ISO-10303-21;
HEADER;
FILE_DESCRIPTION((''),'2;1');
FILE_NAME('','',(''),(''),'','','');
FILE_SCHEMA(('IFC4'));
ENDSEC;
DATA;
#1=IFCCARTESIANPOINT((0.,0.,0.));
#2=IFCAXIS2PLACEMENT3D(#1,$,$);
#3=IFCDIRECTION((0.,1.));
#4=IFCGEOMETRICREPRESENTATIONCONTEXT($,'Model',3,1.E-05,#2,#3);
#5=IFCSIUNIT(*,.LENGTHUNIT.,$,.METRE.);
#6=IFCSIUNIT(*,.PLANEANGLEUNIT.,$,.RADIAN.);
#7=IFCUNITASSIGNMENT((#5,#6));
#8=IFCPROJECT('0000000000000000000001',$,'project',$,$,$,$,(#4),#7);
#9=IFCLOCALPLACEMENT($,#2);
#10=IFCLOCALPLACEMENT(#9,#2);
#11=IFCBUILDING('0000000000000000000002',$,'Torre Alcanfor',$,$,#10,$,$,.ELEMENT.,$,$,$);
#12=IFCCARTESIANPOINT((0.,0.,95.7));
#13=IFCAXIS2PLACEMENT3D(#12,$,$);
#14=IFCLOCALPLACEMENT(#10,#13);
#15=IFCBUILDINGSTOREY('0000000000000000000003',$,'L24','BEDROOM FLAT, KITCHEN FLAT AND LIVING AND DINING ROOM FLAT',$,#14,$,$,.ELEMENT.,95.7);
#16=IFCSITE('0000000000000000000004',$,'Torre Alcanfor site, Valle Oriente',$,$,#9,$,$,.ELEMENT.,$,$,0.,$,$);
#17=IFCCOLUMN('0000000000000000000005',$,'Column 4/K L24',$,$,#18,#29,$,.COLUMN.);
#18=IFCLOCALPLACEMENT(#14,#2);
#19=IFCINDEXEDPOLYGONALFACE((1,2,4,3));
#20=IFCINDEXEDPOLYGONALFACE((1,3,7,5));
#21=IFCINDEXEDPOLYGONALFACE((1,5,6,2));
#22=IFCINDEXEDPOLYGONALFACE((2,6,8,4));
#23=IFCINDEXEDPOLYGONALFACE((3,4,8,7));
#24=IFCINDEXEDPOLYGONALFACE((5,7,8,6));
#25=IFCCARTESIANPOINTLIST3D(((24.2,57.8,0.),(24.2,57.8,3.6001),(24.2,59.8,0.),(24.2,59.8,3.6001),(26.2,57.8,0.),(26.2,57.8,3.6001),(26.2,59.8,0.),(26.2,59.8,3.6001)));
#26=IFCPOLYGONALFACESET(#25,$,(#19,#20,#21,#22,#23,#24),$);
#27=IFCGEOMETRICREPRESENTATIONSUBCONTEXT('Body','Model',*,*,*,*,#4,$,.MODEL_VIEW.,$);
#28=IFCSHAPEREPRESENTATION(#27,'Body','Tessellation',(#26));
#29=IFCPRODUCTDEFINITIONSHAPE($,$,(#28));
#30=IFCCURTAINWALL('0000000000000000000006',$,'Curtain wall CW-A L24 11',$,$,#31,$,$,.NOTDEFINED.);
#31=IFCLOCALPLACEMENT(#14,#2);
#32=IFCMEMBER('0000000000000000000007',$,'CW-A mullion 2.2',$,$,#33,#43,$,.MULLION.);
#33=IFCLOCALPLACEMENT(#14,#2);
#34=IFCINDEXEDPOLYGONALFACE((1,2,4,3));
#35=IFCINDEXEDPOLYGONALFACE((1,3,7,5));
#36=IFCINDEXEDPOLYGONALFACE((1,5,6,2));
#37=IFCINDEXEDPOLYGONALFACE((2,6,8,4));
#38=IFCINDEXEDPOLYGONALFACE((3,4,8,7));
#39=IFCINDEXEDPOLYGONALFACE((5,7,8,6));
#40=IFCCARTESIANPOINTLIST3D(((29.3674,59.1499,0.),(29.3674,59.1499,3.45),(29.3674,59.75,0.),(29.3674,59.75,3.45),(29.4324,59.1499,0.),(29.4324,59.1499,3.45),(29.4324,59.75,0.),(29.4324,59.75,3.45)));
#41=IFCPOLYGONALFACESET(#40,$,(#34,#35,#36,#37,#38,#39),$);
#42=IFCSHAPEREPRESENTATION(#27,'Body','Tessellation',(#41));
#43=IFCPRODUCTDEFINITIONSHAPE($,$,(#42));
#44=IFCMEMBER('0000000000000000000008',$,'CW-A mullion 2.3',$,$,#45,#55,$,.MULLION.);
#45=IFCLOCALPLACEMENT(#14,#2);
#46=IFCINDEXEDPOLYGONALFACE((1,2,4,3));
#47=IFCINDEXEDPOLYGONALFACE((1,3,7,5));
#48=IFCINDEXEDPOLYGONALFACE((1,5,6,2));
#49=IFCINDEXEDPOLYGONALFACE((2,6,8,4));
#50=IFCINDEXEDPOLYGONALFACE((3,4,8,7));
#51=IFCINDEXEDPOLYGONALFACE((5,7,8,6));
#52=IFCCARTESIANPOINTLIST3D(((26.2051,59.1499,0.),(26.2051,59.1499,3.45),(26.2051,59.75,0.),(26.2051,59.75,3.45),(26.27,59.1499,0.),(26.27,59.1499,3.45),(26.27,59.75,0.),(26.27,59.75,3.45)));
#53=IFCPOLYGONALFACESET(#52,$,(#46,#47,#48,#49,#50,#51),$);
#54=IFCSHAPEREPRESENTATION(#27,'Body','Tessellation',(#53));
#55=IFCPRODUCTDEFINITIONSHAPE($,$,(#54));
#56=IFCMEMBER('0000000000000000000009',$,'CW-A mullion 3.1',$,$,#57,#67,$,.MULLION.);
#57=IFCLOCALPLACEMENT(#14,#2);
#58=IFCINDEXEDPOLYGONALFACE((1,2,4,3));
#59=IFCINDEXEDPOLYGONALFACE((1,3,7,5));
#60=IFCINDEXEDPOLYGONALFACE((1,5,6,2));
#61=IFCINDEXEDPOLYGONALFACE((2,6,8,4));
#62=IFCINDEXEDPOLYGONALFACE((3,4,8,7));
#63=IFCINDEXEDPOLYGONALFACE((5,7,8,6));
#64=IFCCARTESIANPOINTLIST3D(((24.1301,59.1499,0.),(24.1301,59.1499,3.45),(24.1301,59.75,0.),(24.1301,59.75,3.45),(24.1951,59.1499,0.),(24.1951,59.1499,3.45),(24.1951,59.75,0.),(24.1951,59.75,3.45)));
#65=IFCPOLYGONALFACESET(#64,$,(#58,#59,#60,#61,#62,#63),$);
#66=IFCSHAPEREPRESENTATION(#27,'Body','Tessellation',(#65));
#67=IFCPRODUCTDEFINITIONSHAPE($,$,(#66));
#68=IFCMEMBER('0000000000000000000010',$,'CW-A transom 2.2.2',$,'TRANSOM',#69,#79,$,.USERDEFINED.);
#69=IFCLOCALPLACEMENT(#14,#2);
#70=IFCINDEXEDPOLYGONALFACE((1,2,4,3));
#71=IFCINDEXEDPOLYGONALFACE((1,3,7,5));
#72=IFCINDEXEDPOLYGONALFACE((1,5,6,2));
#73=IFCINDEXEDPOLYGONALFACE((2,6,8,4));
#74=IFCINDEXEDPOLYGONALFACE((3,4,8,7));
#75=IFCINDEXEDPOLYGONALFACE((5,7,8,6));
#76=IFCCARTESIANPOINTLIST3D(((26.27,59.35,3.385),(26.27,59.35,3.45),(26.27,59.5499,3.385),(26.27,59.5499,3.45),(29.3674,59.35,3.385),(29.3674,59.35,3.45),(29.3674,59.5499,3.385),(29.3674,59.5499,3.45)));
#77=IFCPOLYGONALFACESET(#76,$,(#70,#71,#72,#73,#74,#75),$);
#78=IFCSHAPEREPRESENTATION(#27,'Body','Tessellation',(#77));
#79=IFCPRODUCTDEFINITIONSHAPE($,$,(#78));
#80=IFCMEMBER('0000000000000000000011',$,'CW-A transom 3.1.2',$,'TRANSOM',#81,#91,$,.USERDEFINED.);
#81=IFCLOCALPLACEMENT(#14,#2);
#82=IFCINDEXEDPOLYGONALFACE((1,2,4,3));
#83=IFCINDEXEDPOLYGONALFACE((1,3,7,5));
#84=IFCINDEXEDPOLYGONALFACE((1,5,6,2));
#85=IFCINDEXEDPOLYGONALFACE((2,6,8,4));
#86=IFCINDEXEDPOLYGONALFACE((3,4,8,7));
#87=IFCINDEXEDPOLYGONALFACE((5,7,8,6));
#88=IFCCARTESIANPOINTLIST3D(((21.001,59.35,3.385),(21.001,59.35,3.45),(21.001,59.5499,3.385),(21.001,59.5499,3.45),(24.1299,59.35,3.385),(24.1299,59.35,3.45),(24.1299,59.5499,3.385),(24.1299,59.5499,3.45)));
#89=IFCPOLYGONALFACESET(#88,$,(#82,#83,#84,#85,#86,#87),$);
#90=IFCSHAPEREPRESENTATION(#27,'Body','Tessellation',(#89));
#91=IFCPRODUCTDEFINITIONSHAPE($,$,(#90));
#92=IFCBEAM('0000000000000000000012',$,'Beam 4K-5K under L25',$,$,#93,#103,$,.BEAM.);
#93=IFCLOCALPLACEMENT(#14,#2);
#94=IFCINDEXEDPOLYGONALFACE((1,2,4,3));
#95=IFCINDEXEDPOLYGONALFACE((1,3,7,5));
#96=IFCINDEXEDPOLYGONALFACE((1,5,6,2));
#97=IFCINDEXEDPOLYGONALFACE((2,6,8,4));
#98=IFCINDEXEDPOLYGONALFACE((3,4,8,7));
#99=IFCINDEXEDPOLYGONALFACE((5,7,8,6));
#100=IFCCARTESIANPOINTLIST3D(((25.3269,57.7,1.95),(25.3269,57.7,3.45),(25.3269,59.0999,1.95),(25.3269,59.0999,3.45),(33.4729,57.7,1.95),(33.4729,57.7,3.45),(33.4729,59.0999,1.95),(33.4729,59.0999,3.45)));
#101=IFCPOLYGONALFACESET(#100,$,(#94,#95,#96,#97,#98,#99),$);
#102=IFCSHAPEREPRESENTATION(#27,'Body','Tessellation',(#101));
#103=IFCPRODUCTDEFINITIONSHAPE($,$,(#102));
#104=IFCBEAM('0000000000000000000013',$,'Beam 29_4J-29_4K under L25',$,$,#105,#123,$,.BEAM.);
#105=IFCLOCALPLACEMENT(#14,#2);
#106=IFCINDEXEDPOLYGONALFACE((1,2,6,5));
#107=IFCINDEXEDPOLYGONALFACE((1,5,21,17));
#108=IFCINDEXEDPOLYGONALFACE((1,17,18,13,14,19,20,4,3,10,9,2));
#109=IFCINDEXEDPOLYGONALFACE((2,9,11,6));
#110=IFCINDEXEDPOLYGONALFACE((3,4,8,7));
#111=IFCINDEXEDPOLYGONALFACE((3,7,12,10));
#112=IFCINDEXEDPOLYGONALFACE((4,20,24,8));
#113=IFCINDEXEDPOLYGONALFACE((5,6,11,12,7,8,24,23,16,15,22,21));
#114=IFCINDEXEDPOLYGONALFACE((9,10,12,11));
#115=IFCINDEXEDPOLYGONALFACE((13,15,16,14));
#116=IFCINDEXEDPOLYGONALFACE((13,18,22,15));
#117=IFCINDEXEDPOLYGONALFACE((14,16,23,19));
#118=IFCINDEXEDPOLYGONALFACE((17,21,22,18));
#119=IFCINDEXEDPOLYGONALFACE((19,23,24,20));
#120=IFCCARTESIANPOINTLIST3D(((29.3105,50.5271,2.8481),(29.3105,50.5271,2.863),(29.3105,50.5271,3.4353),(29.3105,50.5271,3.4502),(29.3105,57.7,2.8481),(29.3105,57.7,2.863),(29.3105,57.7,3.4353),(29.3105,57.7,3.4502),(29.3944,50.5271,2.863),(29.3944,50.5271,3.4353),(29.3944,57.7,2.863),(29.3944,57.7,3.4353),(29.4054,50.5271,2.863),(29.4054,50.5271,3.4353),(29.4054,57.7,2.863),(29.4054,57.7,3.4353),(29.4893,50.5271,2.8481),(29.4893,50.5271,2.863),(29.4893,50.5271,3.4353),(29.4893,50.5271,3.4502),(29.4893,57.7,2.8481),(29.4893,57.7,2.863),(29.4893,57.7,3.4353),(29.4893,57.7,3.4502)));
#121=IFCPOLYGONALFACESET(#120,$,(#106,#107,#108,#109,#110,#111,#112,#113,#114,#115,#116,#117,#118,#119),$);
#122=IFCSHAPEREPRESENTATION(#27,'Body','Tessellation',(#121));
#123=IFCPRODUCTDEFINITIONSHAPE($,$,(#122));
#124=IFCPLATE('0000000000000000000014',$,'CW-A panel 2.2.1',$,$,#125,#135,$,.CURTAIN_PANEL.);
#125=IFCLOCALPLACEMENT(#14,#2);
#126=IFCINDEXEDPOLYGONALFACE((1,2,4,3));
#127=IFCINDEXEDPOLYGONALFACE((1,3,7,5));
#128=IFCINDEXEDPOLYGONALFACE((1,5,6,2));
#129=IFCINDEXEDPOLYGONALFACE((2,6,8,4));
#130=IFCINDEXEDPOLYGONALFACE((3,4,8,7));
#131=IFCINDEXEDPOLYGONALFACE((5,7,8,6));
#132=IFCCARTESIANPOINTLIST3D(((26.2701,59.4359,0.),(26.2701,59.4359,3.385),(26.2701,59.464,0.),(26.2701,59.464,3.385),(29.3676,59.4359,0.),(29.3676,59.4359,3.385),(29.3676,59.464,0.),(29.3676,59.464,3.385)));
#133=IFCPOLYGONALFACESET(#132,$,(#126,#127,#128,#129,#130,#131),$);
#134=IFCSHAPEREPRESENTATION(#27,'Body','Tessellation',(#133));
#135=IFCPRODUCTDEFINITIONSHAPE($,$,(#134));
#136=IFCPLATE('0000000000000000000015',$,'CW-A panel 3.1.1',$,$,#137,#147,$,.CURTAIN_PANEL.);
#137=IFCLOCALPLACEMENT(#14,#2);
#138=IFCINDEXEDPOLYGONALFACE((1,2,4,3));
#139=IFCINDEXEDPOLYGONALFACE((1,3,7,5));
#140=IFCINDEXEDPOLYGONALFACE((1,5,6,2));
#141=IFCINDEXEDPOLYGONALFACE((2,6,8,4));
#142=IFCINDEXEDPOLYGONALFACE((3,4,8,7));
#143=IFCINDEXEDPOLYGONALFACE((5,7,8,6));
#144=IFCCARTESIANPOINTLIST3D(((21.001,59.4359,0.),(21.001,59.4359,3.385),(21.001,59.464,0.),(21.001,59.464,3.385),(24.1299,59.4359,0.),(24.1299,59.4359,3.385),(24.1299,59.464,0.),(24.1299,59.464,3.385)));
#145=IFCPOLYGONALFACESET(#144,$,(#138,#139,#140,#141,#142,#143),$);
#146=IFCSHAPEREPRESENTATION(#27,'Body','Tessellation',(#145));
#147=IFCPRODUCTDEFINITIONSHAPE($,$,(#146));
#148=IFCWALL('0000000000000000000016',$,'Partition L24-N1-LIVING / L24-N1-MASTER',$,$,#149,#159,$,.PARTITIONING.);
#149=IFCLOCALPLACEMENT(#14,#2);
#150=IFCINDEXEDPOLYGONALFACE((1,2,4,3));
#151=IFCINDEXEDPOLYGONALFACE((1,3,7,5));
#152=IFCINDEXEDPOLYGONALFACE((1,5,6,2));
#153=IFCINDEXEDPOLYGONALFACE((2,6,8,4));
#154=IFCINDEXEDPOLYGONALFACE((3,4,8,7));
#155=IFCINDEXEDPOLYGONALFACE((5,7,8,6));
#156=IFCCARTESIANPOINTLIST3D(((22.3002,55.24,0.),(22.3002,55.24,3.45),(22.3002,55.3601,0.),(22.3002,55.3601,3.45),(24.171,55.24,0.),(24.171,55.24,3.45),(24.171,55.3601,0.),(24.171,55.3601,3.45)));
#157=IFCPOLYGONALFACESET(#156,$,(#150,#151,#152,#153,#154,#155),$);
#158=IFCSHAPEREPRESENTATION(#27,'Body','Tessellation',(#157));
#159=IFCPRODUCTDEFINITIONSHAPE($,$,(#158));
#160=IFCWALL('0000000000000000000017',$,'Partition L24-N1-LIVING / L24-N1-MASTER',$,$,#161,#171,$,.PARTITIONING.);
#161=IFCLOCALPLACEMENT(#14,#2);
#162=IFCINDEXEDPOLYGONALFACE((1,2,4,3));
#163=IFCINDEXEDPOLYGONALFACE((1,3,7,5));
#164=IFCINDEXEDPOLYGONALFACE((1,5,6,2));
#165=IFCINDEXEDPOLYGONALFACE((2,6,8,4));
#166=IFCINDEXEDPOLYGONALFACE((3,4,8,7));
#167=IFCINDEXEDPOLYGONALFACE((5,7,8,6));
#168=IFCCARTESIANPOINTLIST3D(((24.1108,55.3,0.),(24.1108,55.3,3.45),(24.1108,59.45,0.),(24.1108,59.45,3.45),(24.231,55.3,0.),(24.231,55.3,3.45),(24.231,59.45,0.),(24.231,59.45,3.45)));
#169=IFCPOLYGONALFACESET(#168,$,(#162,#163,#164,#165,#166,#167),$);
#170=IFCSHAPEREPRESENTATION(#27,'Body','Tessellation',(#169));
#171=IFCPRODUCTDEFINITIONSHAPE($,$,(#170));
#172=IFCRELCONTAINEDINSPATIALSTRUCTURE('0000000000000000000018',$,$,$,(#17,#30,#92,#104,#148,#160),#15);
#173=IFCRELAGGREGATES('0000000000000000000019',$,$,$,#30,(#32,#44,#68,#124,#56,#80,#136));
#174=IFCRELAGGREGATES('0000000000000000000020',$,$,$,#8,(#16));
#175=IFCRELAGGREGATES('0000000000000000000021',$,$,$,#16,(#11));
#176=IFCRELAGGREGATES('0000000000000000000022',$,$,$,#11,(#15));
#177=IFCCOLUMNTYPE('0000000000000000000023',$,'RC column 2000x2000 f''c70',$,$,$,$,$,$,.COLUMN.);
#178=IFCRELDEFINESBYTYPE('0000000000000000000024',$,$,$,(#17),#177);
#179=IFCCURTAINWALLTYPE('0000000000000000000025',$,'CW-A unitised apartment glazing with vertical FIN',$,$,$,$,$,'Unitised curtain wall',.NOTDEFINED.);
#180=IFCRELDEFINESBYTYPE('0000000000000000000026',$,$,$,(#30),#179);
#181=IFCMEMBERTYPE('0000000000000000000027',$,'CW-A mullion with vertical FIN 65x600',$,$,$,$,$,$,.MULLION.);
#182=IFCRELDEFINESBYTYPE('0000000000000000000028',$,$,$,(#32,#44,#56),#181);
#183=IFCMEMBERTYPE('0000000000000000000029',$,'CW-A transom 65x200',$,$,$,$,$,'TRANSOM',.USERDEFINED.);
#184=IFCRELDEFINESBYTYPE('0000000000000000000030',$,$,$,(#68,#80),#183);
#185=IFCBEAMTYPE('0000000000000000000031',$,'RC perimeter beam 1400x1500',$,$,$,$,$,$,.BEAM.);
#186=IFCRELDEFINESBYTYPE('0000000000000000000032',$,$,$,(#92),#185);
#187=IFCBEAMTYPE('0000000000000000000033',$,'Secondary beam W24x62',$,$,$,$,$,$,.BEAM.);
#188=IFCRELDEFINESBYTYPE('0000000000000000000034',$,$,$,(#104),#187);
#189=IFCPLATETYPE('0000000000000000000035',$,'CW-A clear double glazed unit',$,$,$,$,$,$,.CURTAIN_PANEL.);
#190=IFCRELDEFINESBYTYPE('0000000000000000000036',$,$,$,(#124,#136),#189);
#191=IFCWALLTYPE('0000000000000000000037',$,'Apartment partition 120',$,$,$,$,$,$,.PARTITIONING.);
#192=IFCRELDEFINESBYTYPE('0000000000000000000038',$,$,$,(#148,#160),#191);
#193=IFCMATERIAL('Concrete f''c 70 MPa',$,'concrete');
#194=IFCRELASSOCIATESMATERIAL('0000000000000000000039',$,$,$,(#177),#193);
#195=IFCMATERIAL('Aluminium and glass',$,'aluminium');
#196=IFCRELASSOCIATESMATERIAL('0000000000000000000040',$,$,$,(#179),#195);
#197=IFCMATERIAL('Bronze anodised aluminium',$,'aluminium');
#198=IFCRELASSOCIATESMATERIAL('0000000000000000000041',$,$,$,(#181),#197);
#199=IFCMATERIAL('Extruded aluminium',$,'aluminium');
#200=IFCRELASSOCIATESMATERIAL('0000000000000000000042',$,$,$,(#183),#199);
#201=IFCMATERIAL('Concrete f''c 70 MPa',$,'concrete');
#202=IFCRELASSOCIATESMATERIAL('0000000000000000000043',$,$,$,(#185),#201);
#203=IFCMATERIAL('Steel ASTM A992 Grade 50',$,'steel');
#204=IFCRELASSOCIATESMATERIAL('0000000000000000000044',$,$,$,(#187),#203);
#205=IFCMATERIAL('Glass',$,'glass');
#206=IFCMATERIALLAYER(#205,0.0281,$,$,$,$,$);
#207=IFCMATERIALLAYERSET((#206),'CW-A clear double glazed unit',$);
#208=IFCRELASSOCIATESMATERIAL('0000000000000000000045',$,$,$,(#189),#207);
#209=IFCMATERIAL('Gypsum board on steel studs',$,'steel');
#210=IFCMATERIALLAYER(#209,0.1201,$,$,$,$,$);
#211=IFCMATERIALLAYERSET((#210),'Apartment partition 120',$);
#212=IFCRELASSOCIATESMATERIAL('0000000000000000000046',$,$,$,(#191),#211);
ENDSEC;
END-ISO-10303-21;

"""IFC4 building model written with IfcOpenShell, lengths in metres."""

from ifc_helpers import new_model, si_unit, direction, frame, frame_2d, origin, origin_2d, place, context, subcontext, project, spatial, rectangle, i_section, extrude, material, layer, layer_set, material_profile, profile_set, type_object, element, aggregate, save


model = new_model("IFC4")

# Units and contexts
model_context = context("Model", 3, precision=1e-05, world=origin(), true_north=direction((0.0, 1.0)))
body_context = subcontext(model_context, "Body", "Model", "MODEL_VIEW")
ifc_project = project(units=[si_unit("LENGTHUNIT", "METRE"), si_unit("PLANEANGLEUNIT", "RADIAN")], contexts=[model_context])

# Site, building, storey
site_placement = place(None, origin())
site = spatial("IfcSite", under=ifc_project, at=site_placement, Name="Torre Alcanfor site, Valle Oriente", CompositionType="ELEMENT", RefElevation=0.0)
building_placement = place(site_placement, origin())
building = spatial("IfcBuilding", under=site, at=building_placement, Name="Torre Alcanfor", CompositionType="ELEMENT")
storey_placement = place(building_placement, frame((0.0, 0.0, 95.7)))
storey = spatial("IfcBuildingStorey", under=building, at=storey_placement, Name="L24", Description="BEDROOM FLAT, KITCHEN FLAT AND LIVING AND DINING ROOM FLAT", CompositionType="ELEMENT", Elevation=95.7)

# Column
ifc_material_1 = material(Name="Concrete f'c 70 MPa", Category="concrete")
ifc_material_profile_1 = material_profile(ifc_material_1, rectangle(XDim=2.0, YDim=2.0, at=origin_2d()), Name="2000x2000")
ifc_profile_set_1 = profile_set([ifc_material_profile_1], Name="Concrete f'c 70 MPa")
column_type = type_object("IfcColumnType", Name="RC column 2000x2000 f'c70", PredefinedType="COLUMN", material=ifc_profile_set_1)
column_placement = place(storey_placement, frame((25.2, 58.8, 0.0), z_axis=(0.0, 0.0, 1.0), x_axis=(1.0, 0.0, 0.0)))
element("IfcColumn", 1, at=column_placement, inside=storey, type_object=column_type, Name="Column 4/K L24", PredefinedType="COLUMN", context=body_context, shape_type="SweptSolid", body=[
    extrude(rectangle(XDim=2.0, YDim=2.0, at=origin_2d()), origin(), (0.0, 0.0, 1.0), 3.6001),
])

# Curtain wall, members
ifc_material_2 = material(Name="Aluminium and glass", Category="aluminium")
curtain_wall_type = type_object("IfcCurtainWallType", Name="CW-A unitised apartment glazing with vertical FIN", ElementType="Unitised curtain wall", PredefinedType="NOTDEFINED", material=ifc_material_2)
curtain_wall_placement = place(storey_placement, origin())
curtain_wall = element("IfcCurtainWall", 2, at=curtain_wall_placement, inside=storey, type_object=curtain_wall_type, Name="Curtain wall CW-A L24 11", PredefinedType="NOTDEFINED")
ifc_material_3 = material(Name="Bronze anodised aluminium", Category="aluminium")
ifc_material_profile_2 = material_profile(ifc_material_3, rectangle(XDim=0.6001, YDim=0.0649, at=origin_2d()), Name="CW-A mullion 65x600")
ifc_profile_set_2 = profile_set([ifc_material_profile_2], Name="Bronze anodised aluminium")
member_type_1 = type_object("IfcMemberType", Name="CW-A mullion with vertical FIN 65x600", PredefinedType="MULLION", material=ifc_profile_set_2)
member_1_placement = place(storey_placement, frame((29.3999, 59.45, 0.0), z_axis=(0.0, 0.0, 1.0), x_axis=(0.0, -1.0, 0.0)))
member_1 = element("IfcMember", 3, at=member_1_placement, type_object=member_type_1, Name="CW-A mullion 2.2", PredefinedType="MULLION", context=body_context, shape_type="SweptSolid", body=[
    extrude(rectangle(XDim=0.6001, YDim=0.0649, at=origin_2d()), origin(), (0.0, 0.0, 1.0), 3.45),
])
member_2_placement = place(storey_placement, frame((26.2375, 59.45, 0.0), z_axis=(0.0, 0.0, 1.0), x_axis=(0.0, -1.0, 0.0)))
member_2 = element("IfcMember", 4, at=member_2_placement, type_object=member_type_1, Name="CW-A mullion 2.3", PredefinedType="MULLION", context=body_context, shape_type="SweptSolid", body=[
    extrude(rectangle(XDim=0.6001, YDim=0.0649, at=origin_2d()), origin(), (0.0, 0.0, 1.0), 3.45),
])
member_3_placement = place(storey_placement, frame((24.1626, 59.45, 0.0), z_axis=(0.0, 0.0, 1.0), x_axis=(0.0, -1.0, 0.0)))
member_3 = element("IfcMember", 5, at=member_3_placement, type_object=member_type_1, Name="CW-A mullion 3.1", PredefinedType="MULLION", context=body_context, shape_type="SweptSolid", body=[
    extrude(rectangle(XDim=0.6001, YDim=0.0649, at=origin_2d()), origin(), (0.0, 0.0, 1.0), 3.45),
])
ifc_material_4 = material(Name="Extruded aluminium", Category="aluminium")
ifc_material_profile_3 = material_profile(ifc_material_4, rectangle(XDim=0.2, YDim=0.0649, at=origin_2d()), Name="CW-A transom 200x65")
ifc_profile_set_3 = profile_set([ifc_material_profile_3], Name="Extruded aluminium")
member_type_2 = type_object("IfcMemberType", Name="CW-A transom 65x200", ElementType="TRANSOM", PredefinedType="USERDEFINED", material=ifc_profile_set_3)
member_4_placement = place(storey_placement, frame((29.3674, 59.45, 3.4175), z_axis=(-1.0, 0.0, 0.0), x_axis=(0.0, -1.0, 0.0)))
member_4 = element("IfcMember", 6, at=member_4_placement, type_object=member_type_2, Name="CW-A transom 2.2.2", ObjectType="TRANSOM", PredefinedType="USERDEFINED", context=body_context, shape_type="SweptSolid", body=[
    extrude(rectangle(XDim=0.2, YDim=0.0649, at=origin_2d()), origin(), (0.0, 0.0, 1.0), 3.0974),
])
member_5_placement = place(storey_placement, frame((24.1299, 59.45, 3.4175), z_axis=(-1.0, 0.0, 0.0), x_axis=(0.0, -1.0, 0.0)))
member_5 = element("IfcMember", 7, at=member_5_placement, type_object=member_type_2, Name="CW-A transom 3.1.2", ObjectType="TRANSOM", PredefinedType="USERDEFINED", context=body_context, shape_type="SweptSolid", body=[
    extrude(rectangle(XDim=0.2, YDim=0.0649, at=origin_2d()), origin(), (0.0, 0.0, 1.0), 3.1289),
])

# Beams
ifc_material_5 = material(Name="Concrete f'c 70 MPa", Category="concrete")
ifc_material_profile_4 = material_profile(ifc_material_5, rectangle(XDim=1.3999, YDim=1.5, at=origin_2d()), Name="1400x1500")
ifc_profile_set_4 = profile_set([ifc_material_profile_4], Name="Concrete f'c 70 MPa")
beam_type_1 = type_object("IfcBeamType", Name="RC perimeter beam 1400x1500", PredefinedType="BEAM", material=ifc_profile_set_4)
beam_1_placement = place(storey_placement, frame((25.3269, 58.3999, 2.7), z_axis=(1.0, 0.0, 0.0), x_axis=(0.0, 1.0, 0.0)))
element("IfcBeam", 8, at=beam_1_placement, inside=storey, type_object=beam_type_1, Name="Beam 4K-5K under L25", PredefinedType="BEAM", context=body_context, shape_type="SweptSolid", body=[
    extrude(rectangle(XDim=1.3999, YDim=1.5, at=origin_2d()), origin(), (0.0, 0.0, 1.0), 8.146),
])
ifc_material_6 = material(Name="Steel ASTM A992 Grade 50", Category="steel")
ifc_material_profile_5 = material_profile(ifc_material_6, i_section(OverallWidth=0.1787, OverallDepth=0.6021, WebThickness=0.011, FlangeThickness=0.0149, at=origin_2d()), Name="W24x62")
ifc_profile_set_5 = profile_set([ifc_material_profile_5], Name="Steel ASTM A992 Grade 50")
beam_type_2 = type_object("IfcBeamType", Name="Secondary beam W24x62", PredefinedType="BEAM", material=ifc_profile_set_5)
beam_2_placement = place(storey_placement, frame((29.3999, 50.5271, 3.1492), z_axis=(0.0, 1.0, 0.0), x_axis=(-1.0, 0.0, 0.0)))
element("IfcBeam", 9, at=beam_2_placement, inside=storey, type_object=beam_type_2, Name="Beam 29_4J-29_4K under L25", PredefinedType="BEAM", context=body_context, shape_type="SweptSolid", body=[
    extrude(i_section(OverallWidth=0.1787, OverallDepth=0.6021, WebThickness=0.011, FlangeThickness=0.0149, at=origin_2d()), origin(), (0.0, 0.0, 1.0), 7.1729),
])

# Plates
ifc_material_7 = material(Name="Glass", Category="glass")
ifc_layer_1 = layer(ifc_material_7, 0.0281)
ifc_layer_set_1 = layer_set([ifc_layer_1], Name="CW-A clear double glazed unit")
plate_type = type_object("IfcPlateType", Name="CW-A clear double glazed unit", PredefinedType="CURTAIN_PANEL", material=ifc_layer_set_1)
plate_1_placement = place(storey_placement, frame((27.8188, 59.45, 0.0), z_axis=(0.0, 0.0, 1.0), x_axis=(-1.0, 0.0, 0.0)))
plate_1 = element("IfcPlate", 10, at=plate_1_placement, type_object=plate_type, Name="CW-A panel 2.2.1", PredefinedType="CURTAIN_PANEL", context=body_context, shape_type="SweptSolid", body=[
    extrude(rectangle(XDim=3.0974, YDim=0.0281, at=origin_2d()), origin(), (0.0, 0.0, 1.0), 3.385),
])
plate_2_placement = place(storey_placement, frame((22.5654, 59.45, 0.0), z_axis=(0.0, 0.0, 1.0), x_axis=(-1.0, 0.0, 0.0)))
plate_2 = element("IfcPlate", 11, at=plate_2_placement, type_object=plate_type, Name="CW-A panel 3.1.1", PredefinedType="CURTAIN_PANEL", context=body_context, shape_type="SweptSolid", body=[
    extrude(rectangle(XDim=3.1289, YDim=0.0281, at=origin_2d()), origin(), (0.0, 0.0, 1.0), 3.385),
])
aggregate(curtain_wall, [member_1, member_2, member_4, plate_1, member_3, member_5, plate_2])

# Walls
ifc_material_8 = material(Name="Gypsum board on steel studs", Category="steel")
ifc_layer_2 = layer(ifc_material_8, 0.1201)
ifc_layer_set_2 = layer_set([ifc_layer_2], Name="Apartment partition 120")
wall_type_1 = type_object("IfcWallType", Name="Apartment partition 120", PredefinedType="PARTITIONING", material=ifc_layer_set_2)
wall_1_placement = place(storey_placement, frame((22.3, 55.3, 0.0), z_axis=(0.0, 0.0, 1.0), x_axis=(1.0, 0.0, 0.0)))
element("IfcWall", 12, at=wall_1_placement, inside=storey, type_object=wall_type_1, Name="Partition L24-N1-LIVING / L24-N1-MASTER", PredefinedType="PARTITIONING", context=body_context, shape_type="SweptSolid", body=[
    extrude(rectangle(XDim=1.8708, YDim=0.1201, at=frame_2d((0.9355, 0.0))), origin(), (0.0, 0.0, 1.0), 3.45),
])
wall_2_placement = place(storey_placement, frame((24.1709, 55.3, 0.0), z_axis=(0.0, 0.0, 1.0), x_axis=(0.0, 1.0, 0.0)))
element("IfcWall", 13, at=wall_2_placement, inside=storey, type_object=wall_type_1, Name="Partition L24-N1-LIVING / L24-N1-MASTER", PredefinedType="PARTITIONING", context=body_context, shape_type="SweptSolid", body=[
    extrude(rectangle(XDim=4.1499, YDim=0.1201, at=frame_2d((2.075, 0.0))), origin(), (0.0, 0.0, 1.0), 3.45),
])

save(model, "model.ifc")
